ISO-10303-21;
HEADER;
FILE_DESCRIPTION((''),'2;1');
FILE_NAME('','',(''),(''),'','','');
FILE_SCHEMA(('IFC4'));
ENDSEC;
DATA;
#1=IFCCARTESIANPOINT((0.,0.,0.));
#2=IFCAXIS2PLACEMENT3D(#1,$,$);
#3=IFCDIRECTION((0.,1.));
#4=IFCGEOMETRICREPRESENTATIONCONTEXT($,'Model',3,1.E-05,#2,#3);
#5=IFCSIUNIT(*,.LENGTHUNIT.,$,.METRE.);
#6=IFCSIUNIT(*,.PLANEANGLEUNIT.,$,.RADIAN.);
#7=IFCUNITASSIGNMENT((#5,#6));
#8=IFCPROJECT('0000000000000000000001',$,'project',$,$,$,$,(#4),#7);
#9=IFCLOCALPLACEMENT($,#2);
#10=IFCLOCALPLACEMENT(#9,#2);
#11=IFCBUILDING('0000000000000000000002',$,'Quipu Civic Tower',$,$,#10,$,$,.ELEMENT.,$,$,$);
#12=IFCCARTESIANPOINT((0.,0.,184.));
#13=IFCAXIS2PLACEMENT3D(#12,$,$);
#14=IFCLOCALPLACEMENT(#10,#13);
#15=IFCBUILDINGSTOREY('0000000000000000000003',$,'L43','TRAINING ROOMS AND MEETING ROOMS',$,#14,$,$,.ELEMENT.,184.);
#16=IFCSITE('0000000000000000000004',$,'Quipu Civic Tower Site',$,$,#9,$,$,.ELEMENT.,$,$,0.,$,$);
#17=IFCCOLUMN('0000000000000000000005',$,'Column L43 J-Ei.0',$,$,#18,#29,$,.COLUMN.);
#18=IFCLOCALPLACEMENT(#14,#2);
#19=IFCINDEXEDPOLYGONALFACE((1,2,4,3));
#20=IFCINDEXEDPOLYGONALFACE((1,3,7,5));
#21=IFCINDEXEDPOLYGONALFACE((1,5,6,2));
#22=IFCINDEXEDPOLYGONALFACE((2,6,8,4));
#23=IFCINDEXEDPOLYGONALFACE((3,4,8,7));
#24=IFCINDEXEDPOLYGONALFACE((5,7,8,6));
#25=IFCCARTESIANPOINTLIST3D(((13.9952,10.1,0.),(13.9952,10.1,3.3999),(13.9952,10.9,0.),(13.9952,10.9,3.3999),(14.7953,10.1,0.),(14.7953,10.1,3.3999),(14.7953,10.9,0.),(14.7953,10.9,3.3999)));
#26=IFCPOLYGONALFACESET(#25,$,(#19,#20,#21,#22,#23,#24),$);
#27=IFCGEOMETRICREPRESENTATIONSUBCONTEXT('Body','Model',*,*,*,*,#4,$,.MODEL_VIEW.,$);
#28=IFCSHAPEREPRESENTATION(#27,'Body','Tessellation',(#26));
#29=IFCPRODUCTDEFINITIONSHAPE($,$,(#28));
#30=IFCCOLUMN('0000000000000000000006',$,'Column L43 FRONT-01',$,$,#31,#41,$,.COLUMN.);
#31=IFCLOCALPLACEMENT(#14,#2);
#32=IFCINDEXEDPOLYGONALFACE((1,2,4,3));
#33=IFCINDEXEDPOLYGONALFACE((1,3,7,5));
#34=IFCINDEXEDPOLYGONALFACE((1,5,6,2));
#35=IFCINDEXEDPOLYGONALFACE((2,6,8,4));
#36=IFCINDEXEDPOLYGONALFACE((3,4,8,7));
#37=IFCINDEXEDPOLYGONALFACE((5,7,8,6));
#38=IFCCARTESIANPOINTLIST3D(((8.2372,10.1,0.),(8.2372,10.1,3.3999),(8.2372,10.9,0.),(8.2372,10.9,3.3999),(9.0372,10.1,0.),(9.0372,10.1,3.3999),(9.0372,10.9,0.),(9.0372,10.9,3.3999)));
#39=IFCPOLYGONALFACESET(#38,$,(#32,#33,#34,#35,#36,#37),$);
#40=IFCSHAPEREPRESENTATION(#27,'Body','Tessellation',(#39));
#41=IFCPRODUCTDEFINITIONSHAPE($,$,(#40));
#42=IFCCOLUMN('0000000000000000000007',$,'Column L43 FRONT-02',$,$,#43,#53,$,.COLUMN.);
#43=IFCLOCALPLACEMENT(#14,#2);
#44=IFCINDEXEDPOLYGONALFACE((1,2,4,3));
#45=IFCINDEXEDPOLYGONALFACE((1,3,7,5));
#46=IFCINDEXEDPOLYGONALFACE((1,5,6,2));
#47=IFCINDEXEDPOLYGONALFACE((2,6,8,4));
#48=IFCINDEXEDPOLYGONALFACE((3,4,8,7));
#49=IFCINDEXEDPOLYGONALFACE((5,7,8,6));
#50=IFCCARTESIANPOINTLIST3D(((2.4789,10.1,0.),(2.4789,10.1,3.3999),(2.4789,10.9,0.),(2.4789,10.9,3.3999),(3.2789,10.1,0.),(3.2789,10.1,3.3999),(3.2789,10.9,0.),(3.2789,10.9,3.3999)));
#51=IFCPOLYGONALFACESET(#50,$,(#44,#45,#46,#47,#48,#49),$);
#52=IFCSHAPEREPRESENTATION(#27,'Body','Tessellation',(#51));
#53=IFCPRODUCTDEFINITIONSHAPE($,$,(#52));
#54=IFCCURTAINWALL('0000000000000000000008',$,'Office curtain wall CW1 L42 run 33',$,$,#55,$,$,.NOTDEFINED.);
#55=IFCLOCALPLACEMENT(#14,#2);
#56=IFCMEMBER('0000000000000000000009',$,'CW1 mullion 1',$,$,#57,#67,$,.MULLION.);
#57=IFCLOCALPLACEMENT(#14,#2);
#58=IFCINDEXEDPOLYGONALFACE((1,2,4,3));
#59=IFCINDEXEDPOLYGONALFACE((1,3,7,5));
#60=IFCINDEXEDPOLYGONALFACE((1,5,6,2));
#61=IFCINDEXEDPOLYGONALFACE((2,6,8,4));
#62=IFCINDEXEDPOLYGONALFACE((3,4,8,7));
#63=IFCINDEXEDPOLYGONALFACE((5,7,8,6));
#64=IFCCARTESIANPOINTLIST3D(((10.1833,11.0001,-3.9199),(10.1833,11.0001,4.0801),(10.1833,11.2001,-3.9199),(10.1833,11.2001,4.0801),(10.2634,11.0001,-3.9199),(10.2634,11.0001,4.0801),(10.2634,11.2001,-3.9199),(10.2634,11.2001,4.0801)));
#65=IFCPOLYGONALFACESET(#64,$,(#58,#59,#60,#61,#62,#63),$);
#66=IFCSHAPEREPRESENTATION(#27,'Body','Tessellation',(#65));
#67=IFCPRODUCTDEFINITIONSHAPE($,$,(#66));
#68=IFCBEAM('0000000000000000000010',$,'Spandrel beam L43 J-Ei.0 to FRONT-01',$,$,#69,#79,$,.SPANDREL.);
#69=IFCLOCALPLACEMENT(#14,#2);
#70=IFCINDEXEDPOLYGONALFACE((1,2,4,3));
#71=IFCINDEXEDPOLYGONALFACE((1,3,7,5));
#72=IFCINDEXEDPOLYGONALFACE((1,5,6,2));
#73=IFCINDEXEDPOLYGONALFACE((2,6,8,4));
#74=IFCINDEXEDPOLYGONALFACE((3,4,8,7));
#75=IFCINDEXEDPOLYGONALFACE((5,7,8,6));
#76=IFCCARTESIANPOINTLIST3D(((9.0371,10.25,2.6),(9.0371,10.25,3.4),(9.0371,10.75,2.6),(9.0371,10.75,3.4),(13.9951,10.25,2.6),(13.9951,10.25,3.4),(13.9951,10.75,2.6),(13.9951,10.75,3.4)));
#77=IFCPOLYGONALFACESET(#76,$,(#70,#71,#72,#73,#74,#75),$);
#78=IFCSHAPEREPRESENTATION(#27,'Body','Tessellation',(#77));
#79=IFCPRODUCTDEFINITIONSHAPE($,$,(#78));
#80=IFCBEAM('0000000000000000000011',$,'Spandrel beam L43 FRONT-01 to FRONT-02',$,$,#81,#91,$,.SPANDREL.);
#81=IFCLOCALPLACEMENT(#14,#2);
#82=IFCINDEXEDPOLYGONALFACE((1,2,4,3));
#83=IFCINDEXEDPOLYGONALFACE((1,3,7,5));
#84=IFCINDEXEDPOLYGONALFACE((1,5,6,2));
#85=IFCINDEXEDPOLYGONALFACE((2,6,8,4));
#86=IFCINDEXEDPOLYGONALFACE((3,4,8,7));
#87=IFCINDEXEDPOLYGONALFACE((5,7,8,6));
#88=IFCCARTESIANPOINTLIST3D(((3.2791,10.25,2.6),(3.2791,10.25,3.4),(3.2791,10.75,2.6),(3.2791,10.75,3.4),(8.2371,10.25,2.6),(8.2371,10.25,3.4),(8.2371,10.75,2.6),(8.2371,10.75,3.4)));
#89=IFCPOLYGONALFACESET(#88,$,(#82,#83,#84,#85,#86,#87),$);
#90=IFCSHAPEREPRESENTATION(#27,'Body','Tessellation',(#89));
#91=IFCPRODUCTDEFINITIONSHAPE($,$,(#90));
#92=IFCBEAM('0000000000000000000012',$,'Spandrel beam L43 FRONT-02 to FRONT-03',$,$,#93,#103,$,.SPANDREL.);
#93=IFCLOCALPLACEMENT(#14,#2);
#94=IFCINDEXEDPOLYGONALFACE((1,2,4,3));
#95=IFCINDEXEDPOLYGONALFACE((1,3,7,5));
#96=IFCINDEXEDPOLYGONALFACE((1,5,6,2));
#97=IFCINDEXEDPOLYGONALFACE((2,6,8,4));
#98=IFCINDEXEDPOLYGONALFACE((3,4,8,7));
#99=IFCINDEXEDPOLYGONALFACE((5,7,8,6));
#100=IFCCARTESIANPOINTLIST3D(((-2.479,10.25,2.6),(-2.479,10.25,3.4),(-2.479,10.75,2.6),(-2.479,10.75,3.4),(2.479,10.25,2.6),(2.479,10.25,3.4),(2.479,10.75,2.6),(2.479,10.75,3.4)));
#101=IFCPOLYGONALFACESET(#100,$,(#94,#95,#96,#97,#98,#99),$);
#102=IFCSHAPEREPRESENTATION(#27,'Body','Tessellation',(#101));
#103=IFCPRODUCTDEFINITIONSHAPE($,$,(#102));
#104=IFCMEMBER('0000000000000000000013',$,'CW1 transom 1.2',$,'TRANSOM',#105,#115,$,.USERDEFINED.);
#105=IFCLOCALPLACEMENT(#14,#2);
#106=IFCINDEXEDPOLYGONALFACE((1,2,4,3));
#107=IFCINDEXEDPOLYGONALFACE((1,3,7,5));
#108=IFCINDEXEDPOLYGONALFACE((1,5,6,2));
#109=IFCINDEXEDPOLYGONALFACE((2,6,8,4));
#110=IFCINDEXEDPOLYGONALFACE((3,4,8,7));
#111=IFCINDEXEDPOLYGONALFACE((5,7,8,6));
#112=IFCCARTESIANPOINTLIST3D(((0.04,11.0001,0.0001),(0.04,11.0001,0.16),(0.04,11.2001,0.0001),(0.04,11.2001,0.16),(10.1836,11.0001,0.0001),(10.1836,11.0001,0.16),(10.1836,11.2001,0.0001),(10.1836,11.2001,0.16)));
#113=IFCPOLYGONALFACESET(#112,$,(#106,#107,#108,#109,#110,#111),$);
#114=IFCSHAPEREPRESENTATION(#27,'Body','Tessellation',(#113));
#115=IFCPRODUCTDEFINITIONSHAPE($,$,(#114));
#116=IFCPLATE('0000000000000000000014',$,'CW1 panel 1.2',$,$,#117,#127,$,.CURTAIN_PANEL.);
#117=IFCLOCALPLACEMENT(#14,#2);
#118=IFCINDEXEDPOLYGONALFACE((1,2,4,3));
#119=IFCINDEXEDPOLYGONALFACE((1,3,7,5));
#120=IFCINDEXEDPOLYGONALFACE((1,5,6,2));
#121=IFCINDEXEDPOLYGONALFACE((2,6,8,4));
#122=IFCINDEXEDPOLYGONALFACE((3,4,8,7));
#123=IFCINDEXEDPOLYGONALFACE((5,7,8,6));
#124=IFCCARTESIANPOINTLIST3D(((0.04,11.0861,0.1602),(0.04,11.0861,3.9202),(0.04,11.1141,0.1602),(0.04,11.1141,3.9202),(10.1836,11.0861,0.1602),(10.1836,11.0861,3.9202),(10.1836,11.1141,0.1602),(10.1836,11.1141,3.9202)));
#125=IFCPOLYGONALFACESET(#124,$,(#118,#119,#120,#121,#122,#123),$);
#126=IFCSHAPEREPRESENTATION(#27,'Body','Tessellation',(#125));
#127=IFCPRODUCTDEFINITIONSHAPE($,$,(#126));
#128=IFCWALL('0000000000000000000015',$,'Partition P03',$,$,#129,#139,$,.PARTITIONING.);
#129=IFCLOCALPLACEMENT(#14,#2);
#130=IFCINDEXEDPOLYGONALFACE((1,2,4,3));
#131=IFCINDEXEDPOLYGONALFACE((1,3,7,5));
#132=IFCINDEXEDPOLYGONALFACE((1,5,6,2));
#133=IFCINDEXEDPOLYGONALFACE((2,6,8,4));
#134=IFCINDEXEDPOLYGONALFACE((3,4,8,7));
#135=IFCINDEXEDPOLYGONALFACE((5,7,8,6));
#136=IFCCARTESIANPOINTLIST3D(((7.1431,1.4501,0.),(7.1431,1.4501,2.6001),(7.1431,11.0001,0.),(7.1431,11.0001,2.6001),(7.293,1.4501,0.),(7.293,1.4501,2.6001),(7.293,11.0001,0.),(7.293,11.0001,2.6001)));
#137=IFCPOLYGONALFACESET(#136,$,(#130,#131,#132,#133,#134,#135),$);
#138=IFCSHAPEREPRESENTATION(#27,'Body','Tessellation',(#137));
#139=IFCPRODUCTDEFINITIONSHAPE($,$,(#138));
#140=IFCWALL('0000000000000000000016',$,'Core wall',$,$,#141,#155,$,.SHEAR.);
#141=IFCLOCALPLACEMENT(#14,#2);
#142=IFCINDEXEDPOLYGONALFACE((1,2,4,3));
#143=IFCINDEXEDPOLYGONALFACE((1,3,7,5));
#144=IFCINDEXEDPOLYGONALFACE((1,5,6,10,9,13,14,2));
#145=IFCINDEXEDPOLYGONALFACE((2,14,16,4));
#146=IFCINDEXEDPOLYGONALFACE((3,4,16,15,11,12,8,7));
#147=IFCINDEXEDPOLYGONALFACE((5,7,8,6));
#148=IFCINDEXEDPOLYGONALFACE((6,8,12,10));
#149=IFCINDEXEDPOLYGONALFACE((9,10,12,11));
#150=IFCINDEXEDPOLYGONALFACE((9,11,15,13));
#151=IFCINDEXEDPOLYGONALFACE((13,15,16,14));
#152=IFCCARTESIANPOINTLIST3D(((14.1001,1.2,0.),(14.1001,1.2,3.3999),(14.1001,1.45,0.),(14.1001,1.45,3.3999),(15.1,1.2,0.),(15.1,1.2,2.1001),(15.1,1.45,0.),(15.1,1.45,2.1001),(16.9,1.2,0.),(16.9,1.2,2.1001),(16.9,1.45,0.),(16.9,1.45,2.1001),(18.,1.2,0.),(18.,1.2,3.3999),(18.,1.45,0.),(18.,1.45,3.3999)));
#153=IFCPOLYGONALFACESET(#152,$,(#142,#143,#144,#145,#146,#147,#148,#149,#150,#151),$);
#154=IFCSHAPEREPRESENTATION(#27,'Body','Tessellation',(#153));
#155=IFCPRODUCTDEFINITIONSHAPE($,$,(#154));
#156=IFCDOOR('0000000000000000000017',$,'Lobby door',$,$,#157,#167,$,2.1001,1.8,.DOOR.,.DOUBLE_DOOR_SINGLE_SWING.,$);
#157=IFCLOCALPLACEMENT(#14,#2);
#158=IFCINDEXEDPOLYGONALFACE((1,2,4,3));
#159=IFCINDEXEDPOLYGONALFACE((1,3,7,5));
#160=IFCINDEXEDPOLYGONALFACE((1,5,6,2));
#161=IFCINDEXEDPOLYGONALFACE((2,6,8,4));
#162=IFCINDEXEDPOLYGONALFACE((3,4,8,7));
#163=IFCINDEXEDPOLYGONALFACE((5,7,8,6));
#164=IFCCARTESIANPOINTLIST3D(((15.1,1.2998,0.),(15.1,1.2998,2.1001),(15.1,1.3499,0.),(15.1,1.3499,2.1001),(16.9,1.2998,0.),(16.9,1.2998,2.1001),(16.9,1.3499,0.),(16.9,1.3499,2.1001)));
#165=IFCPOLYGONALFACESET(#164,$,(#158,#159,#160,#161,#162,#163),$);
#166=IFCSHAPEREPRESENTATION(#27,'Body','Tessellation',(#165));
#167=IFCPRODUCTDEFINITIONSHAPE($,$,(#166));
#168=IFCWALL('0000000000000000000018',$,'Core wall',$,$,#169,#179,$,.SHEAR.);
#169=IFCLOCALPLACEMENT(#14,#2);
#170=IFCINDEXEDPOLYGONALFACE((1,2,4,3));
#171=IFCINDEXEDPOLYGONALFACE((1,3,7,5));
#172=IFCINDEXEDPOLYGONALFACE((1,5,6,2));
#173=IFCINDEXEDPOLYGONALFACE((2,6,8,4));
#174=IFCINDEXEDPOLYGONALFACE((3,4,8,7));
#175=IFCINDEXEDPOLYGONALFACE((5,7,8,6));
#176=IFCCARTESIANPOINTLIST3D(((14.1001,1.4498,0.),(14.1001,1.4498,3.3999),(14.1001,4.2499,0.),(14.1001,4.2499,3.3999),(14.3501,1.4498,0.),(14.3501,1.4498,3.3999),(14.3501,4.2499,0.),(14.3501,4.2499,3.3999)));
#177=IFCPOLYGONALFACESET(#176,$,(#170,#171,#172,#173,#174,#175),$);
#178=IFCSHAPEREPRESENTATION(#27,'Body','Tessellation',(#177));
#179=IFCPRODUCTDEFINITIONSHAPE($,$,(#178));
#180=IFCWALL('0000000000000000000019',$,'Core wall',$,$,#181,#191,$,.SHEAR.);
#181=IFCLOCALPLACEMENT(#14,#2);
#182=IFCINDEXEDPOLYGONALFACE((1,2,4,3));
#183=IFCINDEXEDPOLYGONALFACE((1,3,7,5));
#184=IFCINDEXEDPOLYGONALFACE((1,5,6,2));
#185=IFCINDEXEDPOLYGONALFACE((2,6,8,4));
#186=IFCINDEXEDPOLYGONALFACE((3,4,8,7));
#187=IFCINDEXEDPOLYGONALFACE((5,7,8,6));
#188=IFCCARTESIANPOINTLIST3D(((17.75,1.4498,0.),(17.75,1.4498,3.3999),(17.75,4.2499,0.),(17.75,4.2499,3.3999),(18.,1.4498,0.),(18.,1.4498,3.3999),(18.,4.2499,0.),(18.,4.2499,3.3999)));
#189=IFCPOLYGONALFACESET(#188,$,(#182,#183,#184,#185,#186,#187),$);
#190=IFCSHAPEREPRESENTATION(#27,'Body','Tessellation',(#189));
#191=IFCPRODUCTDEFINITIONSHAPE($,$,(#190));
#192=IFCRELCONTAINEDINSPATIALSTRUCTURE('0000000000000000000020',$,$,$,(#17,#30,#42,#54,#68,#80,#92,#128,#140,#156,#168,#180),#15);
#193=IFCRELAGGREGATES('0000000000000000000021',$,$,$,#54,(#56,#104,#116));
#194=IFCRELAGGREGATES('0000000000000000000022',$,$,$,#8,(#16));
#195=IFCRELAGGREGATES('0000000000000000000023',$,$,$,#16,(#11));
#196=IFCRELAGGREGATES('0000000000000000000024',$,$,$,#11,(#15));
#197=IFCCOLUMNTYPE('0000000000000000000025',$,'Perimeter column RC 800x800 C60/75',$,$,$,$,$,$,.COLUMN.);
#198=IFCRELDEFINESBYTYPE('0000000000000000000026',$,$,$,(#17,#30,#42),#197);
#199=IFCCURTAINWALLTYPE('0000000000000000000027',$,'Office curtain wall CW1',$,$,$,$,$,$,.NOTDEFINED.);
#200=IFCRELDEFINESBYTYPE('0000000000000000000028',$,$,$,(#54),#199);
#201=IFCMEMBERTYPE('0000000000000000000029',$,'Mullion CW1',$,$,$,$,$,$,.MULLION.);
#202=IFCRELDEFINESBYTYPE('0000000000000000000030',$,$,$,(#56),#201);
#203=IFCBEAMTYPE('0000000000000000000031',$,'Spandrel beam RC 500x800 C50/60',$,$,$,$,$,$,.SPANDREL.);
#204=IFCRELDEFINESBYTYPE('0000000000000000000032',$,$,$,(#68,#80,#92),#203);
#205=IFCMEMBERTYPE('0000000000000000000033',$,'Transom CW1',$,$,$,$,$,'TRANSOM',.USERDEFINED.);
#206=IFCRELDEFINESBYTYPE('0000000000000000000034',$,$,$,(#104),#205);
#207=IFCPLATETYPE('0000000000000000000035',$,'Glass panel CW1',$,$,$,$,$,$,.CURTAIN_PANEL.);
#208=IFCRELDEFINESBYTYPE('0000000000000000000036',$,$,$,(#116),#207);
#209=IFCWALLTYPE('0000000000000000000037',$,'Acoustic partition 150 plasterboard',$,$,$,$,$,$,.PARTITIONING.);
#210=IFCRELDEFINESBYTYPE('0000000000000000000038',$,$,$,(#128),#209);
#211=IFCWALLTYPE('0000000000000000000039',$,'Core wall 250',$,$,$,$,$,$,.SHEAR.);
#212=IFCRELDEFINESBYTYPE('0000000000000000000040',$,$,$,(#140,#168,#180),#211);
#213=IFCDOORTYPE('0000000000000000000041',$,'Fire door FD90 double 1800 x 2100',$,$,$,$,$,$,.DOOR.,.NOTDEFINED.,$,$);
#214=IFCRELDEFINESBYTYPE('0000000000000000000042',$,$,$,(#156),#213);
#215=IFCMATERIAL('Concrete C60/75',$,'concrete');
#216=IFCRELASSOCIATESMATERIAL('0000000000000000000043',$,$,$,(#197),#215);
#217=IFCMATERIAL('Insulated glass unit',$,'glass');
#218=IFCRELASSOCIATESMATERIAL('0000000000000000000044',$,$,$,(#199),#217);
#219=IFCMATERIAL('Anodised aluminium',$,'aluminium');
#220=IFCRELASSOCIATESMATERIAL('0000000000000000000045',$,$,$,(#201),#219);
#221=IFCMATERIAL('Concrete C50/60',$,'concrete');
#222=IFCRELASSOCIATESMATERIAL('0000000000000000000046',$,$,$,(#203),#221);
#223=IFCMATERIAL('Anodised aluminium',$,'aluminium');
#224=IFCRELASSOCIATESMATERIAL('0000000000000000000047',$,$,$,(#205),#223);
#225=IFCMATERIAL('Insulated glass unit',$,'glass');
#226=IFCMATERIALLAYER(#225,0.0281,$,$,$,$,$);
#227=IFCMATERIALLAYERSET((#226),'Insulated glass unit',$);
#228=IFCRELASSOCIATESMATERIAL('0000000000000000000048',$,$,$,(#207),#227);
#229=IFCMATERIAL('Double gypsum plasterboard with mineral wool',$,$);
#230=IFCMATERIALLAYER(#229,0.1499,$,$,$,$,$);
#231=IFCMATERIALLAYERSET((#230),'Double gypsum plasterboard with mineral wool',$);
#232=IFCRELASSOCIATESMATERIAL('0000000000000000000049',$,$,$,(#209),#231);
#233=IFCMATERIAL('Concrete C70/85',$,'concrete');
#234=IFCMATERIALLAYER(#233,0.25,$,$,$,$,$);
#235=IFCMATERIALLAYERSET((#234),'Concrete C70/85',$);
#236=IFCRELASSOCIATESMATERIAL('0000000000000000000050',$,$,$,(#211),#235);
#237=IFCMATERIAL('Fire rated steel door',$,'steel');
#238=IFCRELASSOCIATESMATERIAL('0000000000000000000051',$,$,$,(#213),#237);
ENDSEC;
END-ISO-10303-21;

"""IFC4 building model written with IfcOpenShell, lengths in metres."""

from ifc_helpers import new_model, si_unit, direction, frame, frame_2d, origin, origin_2d, place, context, subcontext, project, spatial, rectangle, extrude, material, layer, layer_set, material_profile, profile_set, type_object, element, fill, aggregate, save


model = new_model("IFC4")

# Units and contexts
model_context = context("Model", 3, precision=1e-05, world=origin(), true_north=direction((0.0, 1.0)))
body_context = subcontext(model_context, "Body", "Model", "MODEL_VIEW")
ifc_project = project(units=[si_unit("LENGTHUNIT", "METRE"), si_unit("PLANEANGLEUNIT", "RADIAN")], contexts=[model_context])

# Site, building, storey
site_placement = place(None, origin())
site = spatial("IfcSite", under=ifc_project, at=site_placement, Name="Quipu Civic Tower Site", CompositionType="ELEMENT", RefElevation=0.0)
building_placement = place(site_placement, origin())
building = spatial("IfcBuilding", under=site, at=building_placement, Name="Quipu Civic Tower", CompositionType="ELEMENT")
storey_placement = place(building_placement, frame((0.0, 0.0, 184.0)))
storey = spatial("IfcBuildingStorey", under=building, at=storey_placement, Name="L43", Description="TRAINING ROOMS AND MEETING ROOMS", CompositionType="ELEMENT", Elevation=184.0)

# Columns
ifc_material_1 = material(Name="Concrete C60/75", Category="concrete")
ifc_material_profile_1 = material_profile(ifc_material_1, rectangle(XDim=0.8, YDim=0.8, at=origin_2d()), Name="RC800x800")
ifc_profile_set_1 = profile_set([ifc_material_profile_1], Name="Concrete C60/75")
column_type = type_object("IfcColumnType", Name="Perimeter column RC 800x800 C60/75", PredefinedType="COLUMN", material=ifc_profile_set_1)
for number, where, z_axis, x_axis, name in (
    (1, (14.3953, 10.5, 0.0), (0.0, 0.0, 1.0), (-1.0, 0.0, 0.0), "Column L43 J-Ei.0"),
    (2, (8.6372, 10.5, 0.0), (0.0, 0.0, 1.0), (-1.0, 0.0, 0.0), "Column L43 FRONT-01"),
    (3, (2.8789, 10.5, 0.0), (0.0, 0.0, 1.0), (-1.0, 0.0, 0.0), "Column L43 FRONT-02"),
):
    element("IfcColumn", number, at=place(storey_placement, frame(where, z_axis=z_axis, x_axis=x_axis)), inside=storey, type_object=column_type, Name=name, PredefinedType="COLUMN", context=body_context, shape_type="SweptSolid", body=[
        extrude(rectangle(XDim=0.8, YDim=0.8, at=origin_2d()), origin(), (0.0, 0.0, 1.0), 3.3999),
    ])

# Curtain wall, member
ifc_material_2 = material(Name="Insulated glass unit", Category="glass")
curtain_wall_type = type_object("IfcCurtainWallType", Name="Office curtain wall CW1", PredefinedType="NOTDEFINED", material=ifc_material_2)
curtain_wall_placement = place(storey_placement, origin())
curtain_wall = element("IfcCurtainWall", 4, at=curtain_wall_placement, inside=storey, type_object=curtain_wall_type, Name="Office curtain wall CW1 L42 run 33", PredefinedType="NOTDEFINED")
ifc_material_3 = material(Name="Anodised aluminium", Category="aluminium")
ifc_material_profile_2 = material_profile(ifc_material_3, rectangle(XDim=0.2, YDim=0.0801, at=origin_2d()), Name="RECT 200x80")
ifc_profile_set_2 = profile_set([ifc_material_profile_2], Name="Anodised aluminium")
member_type_1 = type_object("IfcMemberType", Name="Mullion CW1", PredefinedType="MULLION", material=ifc_profile_set_2)
member_1_placement = place(storey_placement, frame((10.2234, 11.1001, -3.9199), z_axis=(0.0, 0.0, 1.0), x_axis=(0.0, -1.0, 0.0)))
member_1 = element("IfcMember", 5, at=member_1_placement, type_object=member_type_1, Name="CW1 mullion 1", PredefinedType="MULLION", context=body_context, shape_type="SweptSolid", body=[
    extrude(rectangle(XDim=0.2, YDim=0.0801, at=origin_2d()), origin(), (0.0, 0.0, 1.0), 8.0),
])

# Beams
ifc_material_4 = material(Name="Concrete C50/60", Category="concrete")
ifc_material_profile_3 = material_profile(ifc_material_4, rectangle(XDim=0.5, YDim=0.8, at=origin_2d()), Name="RC500x800")
ifc_profile_set_3 = profile_set([ifc_material_profile_3], Name="Concrete C50/60")
beam_type = type_object("IfcBeamType", Name="Spandrel beam RC 500x800 C50/60", PredefinedType="SPANDREL", material=ifc_profile_set_3)
for number, where, z_axis, x_axis, name in (
    (6, (13.9951, 10.5, 3.0), (-1.0, 0.0, 0.0), (0.0, -1.0, 0.0), "Spandrel beam L43 J-Ei.0 to FRONT-01"),
    (7, (8.2371, 10.5, 3.0), (-1.0, 0.0, 0.0), (0.0, -1.0, 0.0), "Spandrel beam L43 FRONT-01 to FRONT-02"),
    (8, (2.479, 10.5, 3.0), (-1.0, 0.0, 0.0), (0.0, -1.0, 0.0), "Spandrel beam L43 FRONT-02 to FRONT-03"),
):
    element("IfcBeam", number, at=place(storey_placement, frame(where, z_axis=z_axis, x_axis=x_axis)), inside=storey, type_object=beam_type, Name=name, PredefinedType="SPANDREL", context=body_context, shape_type="SweptSolid", body=[
        extrude(rectangle(XDim=0.5, YDim=0.8, at=origin_2d()), origin(), (0.0, 0.0, 1.0), 4.958),
    ])

# Member
ifc_material_5 = material(Name="Anodised aluminium", Category="aluminium")
ifc_material_profile_4 = material_profile(ifc_material_5, rectangle(XDim=0.2, YDim=0.1599, at=origin_2d()), Name="RECT 200x160")
ifc_profile_set_4 = profile_set([ifc_material_profile_4], Name="Anodised aluminium")
member_type_2 = type_object("IfcMemberType", Name="Transom CW1", ElementType="TRANSOM", PredefinedType="USERDEFINED", material=ifc_profile_set_4)
member_2_placement = place(storey_placement, frame((10.1836, 11.1001, 0.0801), z_axis=(-1.0, 0.0, 0.0), x_axis=(0.0, -1.0, 0.0)))
member_2 = element("IfcMember", 9, at=member_2_placement, type_object=member_type_2, Name="CW1 transom 1.2", ObjectType="TRANSOM", PredefinedType="USERDEFINED", context=body_context, shape_type="SweptSolid", body=[
    extrude(rectangle(XDim=0.2, YDim=0.1599, at=origin_2d()), origin(), (0.0, 0.0, 1.0), 10.1436),
])

# Plate
ifc_material_6 = material(Name="Insulated glass unit", Category="glass")
ifc_layer_1 = layer(ifc_material_6, 0.0281)
ifc_layer_set_1 = layer_set([ifc_layer_1], Name="Insulated glass unit")
plate_type = type_object("IfcPlateType", Name="Glass panel CW1", PredefinedType="CURTAIN_PANEL", material=ifc_layer_set_1)
plate_placement = place(storey_placement, frame((5.1118, 11.1001, 0.1602), z_axis=(0.0, 0.0, 1.0), x_axis=(-1.0, 0.0, 0.0)))
plate = element("IfcPlate", 10, at=plate_placement, type_object=plate_type, Name="CW1 panel 1.2", PredefinedType="CURTAIN_PANEL", context=body_context, shape_type="SweptSolid", body=[
    extrude(rectangle(XDim=10.1436, YDim=0.0281, at=origin_2d()), origin(), (0.0, 0.0, 1.0), 3.76),
])
aggregate(curtain_wall, [member_1, member_2, plate])

# Wall
ifc_material_7 = material(Name="Double gypsum plasterboard with mineral wool")
ifc_layer_2 = layer(ifc_material_7, 0.1499)
ifc_layer_set_2 = layer_set([ifc_layer_2], Name="Double gypsum plasterboard with mineral wool")
wall_type_1 = type_object("IfcWallType", Name="Acoustic partition 150 plasterboard", PredefinedType="PARTITIONING", material=ifc_layer_set_2)
wall_1_placement = place(storey_placement, frame((7.218, 11.0, 0.0), z_axis=(0.0, 0.0, 1.0), x_axis=(0.0, -1.0, 0.0)))
element("IfcWall", 11, at=wall_1_placement, inside=storey, type_object=wall_type_1, Name="Partition P03", PredefinedType="PARTITIONING", context=body_context, shape_type="SweptSolid", body=[
    extrude(rectangle(XDim=9.55, YDim=0.1499, at=frame_2d((4.7749, 0.0))), origin(), (0.0, 0.0, 1.0), 2.6001),
])

# Wall, opening, door
ifc_material_8 = material(Name="Concrete C70/85", Category="concrete")
ifc_layer_3 = layer(ifc_material_8, 0.25)
ifc_layer_set_3 = layer_set([ifc_layer_3], Name="Concrete C70/85")
wall_type_2 = type_object("IfcWallType", Name="Core wall 250", PredefinedType="SHEAR", material=ifc_layer_set_3)
wall_2_placement = place(storey_placement, frame((14.1001, 1.325, 0.0), z_axis=(0.0, 0.0, 1.0), x_axis=(1.0, 0.0, 0.0)))
wall_2 = element("IfcWall", 12, at=wall_2_placement, inside=storey, type_object=wall_type_2, Name="Core wall", PredefinedType="SHEAR", context=body_context, shape_type="SweptSolid", body=[
    extrude(rectangle(XDim=3.8999, YDim=0.25, at=frame_2d((1.95, 0.0))), origin(), (0.0, 0.0, 1.0), 3.3999),
])
opening_1_placement = place(wall_2_placement, frame((1.0, 0.0, 0.0)))
opening_1 = element("IfcOpeningElement", 13, at=opening_1_placement, cuts=wall_2, PredefinedType="OPENING", context=body_context, shape_type="SweptSolid", body=[
    extrude(rectangle(XDim=1.8, YDim=2.1001, at=frame_2d((0.8999, 1.05))), frame((0.0, 0.135, 0.0), z_axis=(0.0, -1.0, 0.0), x_axis=(1.0, 0.0, 0.0)), (0.0, 0.0, 1.0), 0.27),
])
ifc_material_9 = material(Name="Fire rated steel door", Category="steel")
door_type_1 = type_object("IfcDoorType", Name="Fire door FD90 double 1800 x 2100", OperationType="NOTDEFINED", PredefinedType="DOOR", material=ifc_material_9)
door_1_placement = place(opening_1_placement, origin())
door_1 = element("IfcDoor", 14, at=door_1_placement, inside=storey, type_object=door_type_1, Name="Lobby door", OperationType="DOUBLE_DOOR_SINGLE_SWING", OverallHeight=2.1001, OverallWidth=1.8, PredefinedType="DOOR", context=body_context, shape_type="SweptSolid", body=[
    extrude(rectangle(XDim=1.8, YDim=2.1001, at=frame_2d((0.8999, 1.05))), frame((0.0, 0.0249, 0.0), z_axis=(0.0, -1.0, 0.0), x_axis=(1.0, 0.0, 0.0)), (0.0, 0.0, 1.0), 0.05),
])
fill(opening_1, door_1)

# Walls
for number, where, z_axis, x_axis, name in (
    (15, (14.2251, 1.45, 0.0), (0.0, 0.0, 1.0), (0.0, 1.0, 0.0), "Core wall"),
    (16, (17.875, 1.45, 0.0), (0.0, 0.0, 1.0), (0.0, 1.0, 0.0), "Core wall"),
):
    element("IfcWall", number, at=place(storey_placement, frame(where, z_axis=z_axis, x_axis=x_axis)), inside=storey, type_object=wall_type_2, Name=name, PredefinedType="SHEAR", context=body_context, shape_type="SweptSolid", body=[
        extrude(rectangle(XDim=2.8, YDim=0.25, at=frame_2d((1.3999, 0.0))), origin(), (0.0, 0.0, 1.0), 3.3999),
    ])

save(model, "model.ifc")
